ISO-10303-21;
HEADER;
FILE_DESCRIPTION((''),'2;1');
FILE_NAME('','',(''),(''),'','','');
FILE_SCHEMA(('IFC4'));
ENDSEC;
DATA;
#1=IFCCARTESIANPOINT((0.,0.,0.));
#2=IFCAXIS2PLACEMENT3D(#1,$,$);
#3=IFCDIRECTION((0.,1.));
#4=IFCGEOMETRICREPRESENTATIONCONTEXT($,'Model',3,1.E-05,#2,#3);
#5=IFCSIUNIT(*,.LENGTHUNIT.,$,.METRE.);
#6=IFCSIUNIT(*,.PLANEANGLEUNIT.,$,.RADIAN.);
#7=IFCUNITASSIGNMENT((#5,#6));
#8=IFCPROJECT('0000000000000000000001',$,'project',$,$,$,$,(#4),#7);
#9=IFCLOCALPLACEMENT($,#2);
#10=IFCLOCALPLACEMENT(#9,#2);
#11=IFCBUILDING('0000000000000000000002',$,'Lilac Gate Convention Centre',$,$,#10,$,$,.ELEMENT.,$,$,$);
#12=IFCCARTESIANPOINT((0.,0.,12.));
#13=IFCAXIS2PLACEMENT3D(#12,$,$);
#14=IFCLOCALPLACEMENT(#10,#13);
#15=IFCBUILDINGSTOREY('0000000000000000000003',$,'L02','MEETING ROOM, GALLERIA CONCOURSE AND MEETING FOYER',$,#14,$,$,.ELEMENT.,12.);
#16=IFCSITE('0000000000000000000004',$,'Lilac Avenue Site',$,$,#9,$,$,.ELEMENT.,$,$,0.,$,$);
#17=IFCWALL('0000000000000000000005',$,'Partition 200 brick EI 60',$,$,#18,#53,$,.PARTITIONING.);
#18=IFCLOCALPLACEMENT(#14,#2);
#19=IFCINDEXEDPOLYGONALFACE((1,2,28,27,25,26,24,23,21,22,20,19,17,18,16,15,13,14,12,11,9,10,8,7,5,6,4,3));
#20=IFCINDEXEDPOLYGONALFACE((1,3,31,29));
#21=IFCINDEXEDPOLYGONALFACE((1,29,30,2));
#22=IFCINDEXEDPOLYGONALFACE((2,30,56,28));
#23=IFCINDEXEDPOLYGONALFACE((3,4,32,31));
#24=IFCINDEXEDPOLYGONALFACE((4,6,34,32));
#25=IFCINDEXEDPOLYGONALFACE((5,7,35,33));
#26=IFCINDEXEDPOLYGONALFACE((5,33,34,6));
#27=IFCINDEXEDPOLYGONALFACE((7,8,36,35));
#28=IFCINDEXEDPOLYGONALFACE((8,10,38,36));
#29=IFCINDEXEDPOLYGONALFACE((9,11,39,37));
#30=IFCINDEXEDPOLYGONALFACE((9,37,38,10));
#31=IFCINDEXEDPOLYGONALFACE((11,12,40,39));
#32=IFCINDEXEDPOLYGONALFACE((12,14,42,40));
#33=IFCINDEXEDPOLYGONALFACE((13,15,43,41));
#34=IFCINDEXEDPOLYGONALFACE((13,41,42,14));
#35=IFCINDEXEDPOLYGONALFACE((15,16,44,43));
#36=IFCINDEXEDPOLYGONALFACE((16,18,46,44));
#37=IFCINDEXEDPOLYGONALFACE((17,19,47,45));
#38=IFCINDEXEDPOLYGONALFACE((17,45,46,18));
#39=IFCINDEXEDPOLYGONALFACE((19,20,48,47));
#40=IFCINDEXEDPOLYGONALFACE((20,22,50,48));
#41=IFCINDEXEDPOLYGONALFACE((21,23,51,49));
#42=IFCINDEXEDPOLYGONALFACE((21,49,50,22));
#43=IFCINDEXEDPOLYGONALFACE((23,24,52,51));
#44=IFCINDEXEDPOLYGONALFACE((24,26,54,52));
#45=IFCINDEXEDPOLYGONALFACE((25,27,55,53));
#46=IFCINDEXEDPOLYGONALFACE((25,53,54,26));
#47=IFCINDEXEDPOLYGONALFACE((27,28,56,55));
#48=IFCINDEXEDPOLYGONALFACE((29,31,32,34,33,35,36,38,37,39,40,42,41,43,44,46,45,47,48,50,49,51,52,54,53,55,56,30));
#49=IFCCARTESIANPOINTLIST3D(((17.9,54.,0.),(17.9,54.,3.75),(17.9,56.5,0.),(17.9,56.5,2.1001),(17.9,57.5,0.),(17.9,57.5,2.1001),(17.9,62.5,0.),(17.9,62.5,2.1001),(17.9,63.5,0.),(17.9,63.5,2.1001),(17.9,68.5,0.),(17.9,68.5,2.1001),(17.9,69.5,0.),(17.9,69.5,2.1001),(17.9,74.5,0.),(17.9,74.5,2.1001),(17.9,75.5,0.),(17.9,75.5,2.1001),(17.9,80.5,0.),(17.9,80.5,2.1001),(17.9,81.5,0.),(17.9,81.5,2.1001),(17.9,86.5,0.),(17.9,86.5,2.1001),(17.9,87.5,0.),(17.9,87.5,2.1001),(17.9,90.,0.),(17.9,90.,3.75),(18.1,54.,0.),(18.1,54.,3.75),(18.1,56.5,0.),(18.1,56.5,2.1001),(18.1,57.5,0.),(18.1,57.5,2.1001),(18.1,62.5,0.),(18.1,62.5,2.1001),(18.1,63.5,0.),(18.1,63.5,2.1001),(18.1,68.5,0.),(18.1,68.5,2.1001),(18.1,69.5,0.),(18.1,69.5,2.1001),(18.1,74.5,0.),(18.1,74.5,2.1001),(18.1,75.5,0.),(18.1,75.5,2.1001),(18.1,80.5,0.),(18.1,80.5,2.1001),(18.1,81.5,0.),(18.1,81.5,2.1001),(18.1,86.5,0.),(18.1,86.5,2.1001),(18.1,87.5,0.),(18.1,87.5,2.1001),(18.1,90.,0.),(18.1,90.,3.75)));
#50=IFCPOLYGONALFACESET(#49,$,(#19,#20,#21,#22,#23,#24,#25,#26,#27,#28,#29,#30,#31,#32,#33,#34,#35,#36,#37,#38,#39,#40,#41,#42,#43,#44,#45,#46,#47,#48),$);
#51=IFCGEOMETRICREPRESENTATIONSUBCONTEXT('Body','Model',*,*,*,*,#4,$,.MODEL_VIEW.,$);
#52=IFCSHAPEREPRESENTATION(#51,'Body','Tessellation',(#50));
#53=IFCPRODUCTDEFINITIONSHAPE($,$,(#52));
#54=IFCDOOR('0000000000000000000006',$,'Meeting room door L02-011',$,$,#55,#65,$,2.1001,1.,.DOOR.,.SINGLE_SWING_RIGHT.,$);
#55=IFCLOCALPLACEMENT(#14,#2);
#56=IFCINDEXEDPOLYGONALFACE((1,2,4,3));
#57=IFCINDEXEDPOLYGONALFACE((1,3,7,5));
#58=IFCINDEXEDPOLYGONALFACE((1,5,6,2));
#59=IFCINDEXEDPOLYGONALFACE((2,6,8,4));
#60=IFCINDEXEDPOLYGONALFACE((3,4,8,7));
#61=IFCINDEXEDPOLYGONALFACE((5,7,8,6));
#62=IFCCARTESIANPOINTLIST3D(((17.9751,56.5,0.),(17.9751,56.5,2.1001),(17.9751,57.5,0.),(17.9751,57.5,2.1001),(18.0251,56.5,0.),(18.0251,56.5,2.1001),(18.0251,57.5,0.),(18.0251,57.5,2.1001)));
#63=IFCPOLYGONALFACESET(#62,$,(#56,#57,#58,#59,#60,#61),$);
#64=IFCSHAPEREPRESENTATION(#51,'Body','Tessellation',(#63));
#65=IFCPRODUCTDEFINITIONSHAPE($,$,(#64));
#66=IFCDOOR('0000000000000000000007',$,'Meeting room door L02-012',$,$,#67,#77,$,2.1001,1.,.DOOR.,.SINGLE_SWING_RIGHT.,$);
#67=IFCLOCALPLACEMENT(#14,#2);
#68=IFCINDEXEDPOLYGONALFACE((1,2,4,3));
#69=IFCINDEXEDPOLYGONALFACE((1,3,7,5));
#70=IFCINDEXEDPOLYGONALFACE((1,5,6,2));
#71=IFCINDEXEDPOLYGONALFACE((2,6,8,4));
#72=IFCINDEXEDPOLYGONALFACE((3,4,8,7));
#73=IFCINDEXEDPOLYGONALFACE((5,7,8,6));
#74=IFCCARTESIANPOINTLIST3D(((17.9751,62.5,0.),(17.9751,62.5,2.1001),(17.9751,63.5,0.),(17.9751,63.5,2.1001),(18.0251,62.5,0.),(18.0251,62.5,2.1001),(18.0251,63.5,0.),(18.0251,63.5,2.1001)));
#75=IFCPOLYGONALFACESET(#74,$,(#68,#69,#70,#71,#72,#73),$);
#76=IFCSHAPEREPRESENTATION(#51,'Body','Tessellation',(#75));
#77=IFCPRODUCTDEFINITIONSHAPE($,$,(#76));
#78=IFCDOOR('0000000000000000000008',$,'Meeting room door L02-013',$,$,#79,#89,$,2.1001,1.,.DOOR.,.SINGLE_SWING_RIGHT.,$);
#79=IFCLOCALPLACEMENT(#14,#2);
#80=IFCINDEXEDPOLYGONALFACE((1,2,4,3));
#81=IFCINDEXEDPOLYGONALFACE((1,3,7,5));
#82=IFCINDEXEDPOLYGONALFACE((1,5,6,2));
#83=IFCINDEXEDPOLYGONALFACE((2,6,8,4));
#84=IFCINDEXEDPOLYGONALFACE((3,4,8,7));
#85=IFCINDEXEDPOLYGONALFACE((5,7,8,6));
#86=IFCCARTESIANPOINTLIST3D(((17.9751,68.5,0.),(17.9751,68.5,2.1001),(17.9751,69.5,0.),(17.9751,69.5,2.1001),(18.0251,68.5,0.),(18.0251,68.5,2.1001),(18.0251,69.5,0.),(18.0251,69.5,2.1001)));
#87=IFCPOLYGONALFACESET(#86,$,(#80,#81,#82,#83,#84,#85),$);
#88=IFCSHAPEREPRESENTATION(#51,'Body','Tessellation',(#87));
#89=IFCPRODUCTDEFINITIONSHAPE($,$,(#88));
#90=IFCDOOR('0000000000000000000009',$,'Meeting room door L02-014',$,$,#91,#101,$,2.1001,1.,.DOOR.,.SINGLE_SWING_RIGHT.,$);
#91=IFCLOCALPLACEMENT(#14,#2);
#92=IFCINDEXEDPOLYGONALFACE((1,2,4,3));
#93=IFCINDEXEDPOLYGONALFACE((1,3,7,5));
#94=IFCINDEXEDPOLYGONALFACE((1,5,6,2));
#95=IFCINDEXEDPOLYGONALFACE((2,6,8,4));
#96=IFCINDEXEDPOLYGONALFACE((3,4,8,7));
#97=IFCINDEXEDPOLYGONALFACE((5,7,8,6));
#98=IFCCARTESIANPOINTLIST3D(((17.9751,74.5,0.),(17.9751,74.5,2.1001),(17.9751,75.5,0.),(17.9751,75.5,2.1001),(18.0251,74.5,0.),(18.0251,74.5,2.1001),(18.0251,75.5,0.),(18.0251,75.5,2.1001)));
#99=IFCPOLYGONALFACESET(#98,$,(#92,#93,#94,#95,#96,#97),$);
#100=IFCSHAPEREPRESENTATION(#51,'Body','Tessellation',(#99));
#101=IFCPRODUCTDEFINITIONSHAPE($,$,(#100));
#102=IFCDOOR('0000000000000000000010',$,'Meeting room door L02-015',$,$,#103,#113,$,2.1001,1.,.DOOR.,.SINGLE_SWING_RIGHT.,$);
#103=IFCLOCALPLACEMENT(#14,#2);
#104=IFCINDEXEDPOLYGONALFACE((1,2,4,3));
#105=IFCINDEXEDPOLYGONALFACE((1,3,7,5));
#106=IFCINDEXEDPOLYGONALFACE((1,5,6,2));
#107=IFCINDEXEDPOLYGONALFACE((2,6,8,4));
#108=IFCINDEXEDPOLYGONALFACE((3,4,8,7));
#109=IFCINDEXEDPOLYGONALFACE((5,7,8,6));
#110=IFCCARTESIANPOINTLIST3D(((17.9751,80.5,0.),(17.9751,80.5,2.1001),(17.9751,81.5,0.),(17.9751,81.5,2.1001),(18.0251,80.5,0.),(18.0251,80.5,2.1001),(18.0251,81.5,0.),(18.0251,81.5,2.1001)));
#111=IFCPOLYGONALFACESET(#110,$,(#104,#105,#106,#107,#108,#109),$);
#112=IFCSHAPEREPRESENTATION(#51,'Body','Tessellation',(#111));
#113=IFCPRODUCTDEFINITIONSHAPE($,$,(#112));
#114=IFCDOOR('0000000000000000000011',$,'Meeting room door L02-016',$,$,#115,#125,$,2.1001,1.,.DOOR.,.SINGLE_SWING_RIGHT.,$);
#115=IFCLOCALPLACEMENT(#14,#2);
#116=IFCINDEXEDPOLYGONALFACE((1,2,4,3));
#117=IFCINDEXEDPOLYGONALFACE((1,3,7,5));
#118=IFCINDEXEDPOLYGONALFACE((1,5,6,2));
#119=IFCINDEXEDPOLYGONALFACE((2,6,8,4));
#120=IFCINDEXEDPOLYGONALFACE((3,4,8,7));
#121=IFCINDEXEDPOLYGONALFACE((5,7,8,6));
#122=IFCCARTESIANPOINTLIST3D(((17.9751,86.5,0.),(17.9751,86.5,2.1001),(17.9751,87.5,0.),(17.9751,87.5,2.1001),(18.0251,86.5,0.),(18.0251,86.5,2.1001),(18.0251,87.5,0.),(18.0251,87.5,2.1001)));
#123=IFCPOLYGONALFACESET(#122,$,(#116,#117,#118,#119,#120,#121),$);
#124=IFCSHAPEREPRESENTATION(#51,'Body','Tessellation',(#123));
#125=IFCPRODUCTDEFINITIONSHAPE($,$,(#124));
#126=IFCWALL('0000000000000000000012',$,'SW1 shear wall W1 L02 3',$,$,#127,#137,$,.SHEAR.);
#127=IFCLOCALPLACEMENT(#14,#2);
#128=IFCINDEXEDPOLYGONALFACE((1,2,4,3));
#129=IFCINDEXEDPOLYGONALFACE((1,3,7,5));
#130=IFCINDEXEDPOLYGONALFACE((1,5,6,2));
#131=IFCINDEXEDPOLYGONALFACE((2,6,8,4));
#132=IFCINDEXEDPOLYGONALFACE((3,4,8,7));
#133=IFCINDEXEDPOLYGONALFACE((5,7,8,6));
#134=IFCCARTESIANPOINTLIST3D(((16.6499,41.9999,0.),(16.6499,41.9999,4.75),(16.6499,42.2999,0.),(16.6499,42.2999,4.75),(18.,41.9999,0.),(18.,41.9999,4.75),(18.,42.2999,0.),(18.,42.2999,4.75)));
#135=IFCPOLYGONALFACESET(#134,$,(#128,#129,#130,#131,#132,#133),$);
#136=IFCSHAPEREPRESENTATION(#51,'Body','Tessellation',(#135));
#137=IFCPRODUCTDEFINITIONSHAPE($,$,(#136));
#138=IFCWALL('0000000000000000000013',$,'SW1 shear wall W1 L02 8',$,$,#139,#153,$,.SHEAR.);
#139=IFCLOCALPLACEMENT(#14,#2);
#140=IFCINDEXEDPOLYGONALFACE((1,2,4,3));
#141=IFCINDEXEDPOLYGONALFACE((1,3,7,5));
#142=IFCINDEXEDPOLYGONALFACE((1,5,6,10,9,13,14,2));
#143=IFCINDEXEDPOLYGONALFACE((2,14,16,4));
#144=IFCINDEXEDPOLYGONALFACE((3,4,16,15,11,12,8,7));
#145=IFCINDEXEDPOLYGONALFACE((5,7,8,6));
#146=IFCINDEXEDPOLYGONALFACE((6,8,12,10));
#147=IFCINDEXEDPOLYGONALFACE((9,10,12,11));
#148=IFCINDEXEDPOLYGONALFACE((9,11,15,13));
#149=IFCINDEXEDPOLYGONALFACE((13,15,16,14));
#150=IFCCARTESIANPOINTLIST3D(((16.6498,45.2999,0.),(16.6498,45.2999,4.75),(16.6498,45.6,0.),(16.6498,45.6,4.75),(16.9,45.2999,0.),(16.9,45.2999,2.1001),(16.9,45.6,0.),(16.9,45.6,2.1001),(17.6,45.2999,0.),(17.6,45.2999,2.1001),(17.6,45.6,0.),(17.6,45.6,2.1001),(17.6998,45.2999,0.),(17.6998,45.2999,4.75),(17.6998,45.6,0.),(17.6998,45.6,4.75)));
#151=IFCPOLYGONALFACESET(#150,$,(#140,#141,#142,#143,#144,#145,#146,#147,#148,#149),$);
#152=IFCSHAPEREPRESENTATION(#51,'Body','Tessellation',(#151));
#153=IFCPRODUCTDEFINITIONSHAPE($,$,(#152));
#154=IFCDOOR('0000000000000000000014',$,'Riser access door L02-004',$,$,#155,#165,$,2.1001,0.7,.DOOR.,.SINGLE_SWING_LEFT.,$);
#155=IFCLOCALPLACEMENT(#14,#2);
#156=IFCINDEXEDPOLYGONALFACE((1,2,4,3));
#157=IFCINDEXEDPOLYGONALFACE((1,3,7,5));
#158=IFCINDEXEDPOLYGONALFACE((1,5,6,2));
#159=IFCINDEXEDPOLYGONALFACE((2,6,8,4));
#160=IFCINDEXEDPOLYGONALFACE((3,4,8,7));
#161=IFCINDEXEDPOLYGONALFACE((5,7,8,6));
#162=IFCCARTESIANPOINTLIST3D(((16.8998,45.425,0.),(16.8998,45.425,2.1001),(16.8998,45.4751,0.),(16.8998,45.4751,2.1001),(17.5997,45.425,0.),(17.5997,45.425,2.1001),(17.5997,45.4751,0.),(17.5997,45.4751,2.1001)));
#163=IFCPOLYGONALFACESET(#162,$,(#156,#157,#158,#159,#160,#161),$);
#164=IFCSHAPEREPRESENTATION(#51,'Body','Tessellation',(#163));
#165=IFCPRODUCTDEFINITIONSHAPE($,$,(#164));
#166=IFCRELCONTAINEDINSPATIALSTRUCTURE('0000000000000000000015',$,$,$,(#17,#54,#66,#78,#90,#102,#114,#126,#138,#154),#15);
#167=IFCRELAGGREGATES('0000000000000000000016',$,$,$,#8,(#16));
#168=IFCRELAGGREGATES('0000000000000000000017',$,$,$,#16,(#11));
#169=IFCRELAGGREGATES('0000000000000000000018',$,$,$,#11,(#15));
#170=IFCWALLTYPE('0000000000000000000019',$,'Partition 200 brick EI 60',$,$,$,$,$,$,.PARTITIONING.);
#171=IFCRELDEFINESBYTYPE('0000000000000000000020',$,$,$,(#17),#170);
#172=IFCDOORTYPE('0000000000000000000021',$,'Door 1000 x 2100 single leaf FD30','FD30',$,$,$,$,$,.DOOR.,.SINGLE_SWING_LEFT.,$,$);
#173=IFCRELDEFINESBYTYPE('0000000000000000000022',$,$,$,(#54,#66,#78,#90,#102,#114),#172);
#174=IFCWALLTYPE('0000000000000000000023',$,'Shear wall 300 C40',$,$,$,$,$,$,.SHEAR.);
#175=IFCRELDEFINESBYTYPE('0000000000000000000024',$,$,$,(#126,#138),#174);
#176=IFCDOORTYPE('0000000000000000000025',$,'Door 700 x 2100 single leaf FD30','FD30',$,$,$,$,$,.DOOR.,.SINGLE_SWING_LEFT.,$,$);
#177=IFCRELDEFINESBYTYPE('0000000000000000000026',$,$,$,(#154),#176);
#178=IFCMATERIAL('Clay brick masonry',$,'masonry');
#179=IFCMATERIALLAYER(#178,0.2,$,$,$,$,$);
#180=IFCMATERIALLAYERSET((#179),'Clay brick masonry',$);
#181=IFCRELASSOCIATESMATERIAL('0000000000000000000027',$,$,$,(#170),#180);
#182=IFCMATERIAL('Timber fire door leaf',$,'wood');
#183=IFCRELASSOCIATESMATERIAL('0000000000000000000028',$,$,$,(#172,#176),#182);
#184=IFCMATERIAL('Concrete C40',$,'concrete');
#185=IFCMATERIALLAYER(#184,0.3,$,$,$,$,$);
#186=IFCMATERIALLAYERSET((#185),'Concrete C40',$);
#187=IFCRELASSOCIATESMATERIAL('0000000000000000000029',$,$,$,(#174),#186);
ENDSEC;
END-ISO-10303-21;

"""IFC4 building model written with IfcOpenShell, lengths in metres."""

from ifc_helpers import new_model, si_unit, direction, frame, frame_2d, origin, place, context, subcontext, project, spatial, rectangle, extrude, material, layer, layer_set, type_object, element, fill, save


model = new_model("IFC4")

# Units and contexts
model_context = context("Model", 3, precision=1e-05, world=origin(), true_north=direction((0.0, 1.0)))
body_context = subcontext(model_context, "Body", "Model", "MODEL_VIEW")
ifc_project = project(units=[si_unit("LENGTHUNIT", "METRE"), si_unit("PLANEANGLEUNIT", "RADIAN")], contexts=[model_context])

# Site, building, storey
site_placement = place(None, origin())
site = spatial("IfcSite", under=ifc_project, at=site_placement, Name="Lilac Avenue Site", CompositionType="ELEMENT", RefElevation=0.0)
building_placement = place(site_placement, origin())
building = spatial("IfcBuilding", under=site, at=building_placement, Name="Lilac Gate Convention Centre", CompositionType="ELEMENT")
storey_placement = place(building_placement, frame((0.0, 0.0, 12.0)))
storey = spatial("IfcBuildingStorey", under=building, at=storey_placement, Name="L02", Description="MEETING ROOM, GALLERIA CONCOURSE AND MEETING FOYER", CompositionType="ELEMENT", Elevation=12.0)

# Shared definitions
ifc_material_1 = material(Name="Concrete C40", Category="concrete")

# Wall, openings, doors
ifc_material_2 = material(Name="Clay brick masonry", Category="masonry")
ifc_layer_1 = layer(ifc_material_2, 0.2)
ifc_layer_set_1 = layer_set([ifc_layer_1], Name="Clay brick masonry")
wall_type_1 = type_object("IfcWallType", Name="Partition 200 brick EI 60", PredefinedType="PARTITIONING", material=ifc_layer_set_1)
wall_1_placement = place(storey_placement, frame((18.0, 54.0, 0.0), z_axis=(0.0, 0.0, 1.0), x_axis=(0.0, 1.0, 0.0)))
wall_1 = element("IfcWall", 1, at=wall_1_placement, inside=storey, type_object=wall_type_1, Name="Partition 200 brick EI 60", PredefinedType="PARTITIONING", context=body_context, shape_type="SweptSolid", body=[
    extrude(rectangle(XDim=36.0, YDim=0.2, at=frame_2d((18.0, 0.0))), origin(), (0.0, 0.0, 1.0), 3.75),
])
opening_1_placement = place(wall_1_placement, frame((2.5, 0.0, 0.0)))
opening_1 = element("IfcOpeningElement", 2, at=opening_1_placement, cuts=wall_1, PredefinedType="OPENING", context=body_context, shape_type="SweptSolid", body=[
    extrude(rectangle(XDim=1.0, YDim=2.1001, at=frame_2d((0.5, 1.05))), frame((0.0, 0.1099, 0.0), z_axis=(0.0, -1.0, 0.0), x_axis=(1.0, 0.0, 0.0)), (0.0, 0.0, 1.0), 0.22),
])
opening_2_placement = place(wall_1_placement, frame((8.5, 0.0, 0.0)))
opening_2 = element("IfcOpeningElement", 3, at=opening_2_placement, cuts=wall_1, PredefinedType="OPENING", context=body_context, shape_type="SweptSolid", body=[
    extrude(rectangle(XDim=1.0, YDim=2.1001, at=frame_2d((0.5, 1.05))), frame((0.0, 0.1099, 0.0), z_axis=(0.0, -1.0, 0.0), x_axis=(1.0, 0.0, 0.0)), (0.0, 0.0, 1.0), 0.22),
])
opening_3_placement = place(wall_1_placement, frame((14.5, 0.0, 0.0)))
opening_3 = element("IfcOpeningElement", 4, at=opening_3_placement, cuts=wall_1, PredefinedType="OPENING", context=body_context, shape_type="SweptSolid", body=[
    extrude(rectangle(XDim=1.0, YDim=2.1001, at=frame_2d((0.5, 1.05))), frame((0.0, 0.1099, 0.0), z_axis=(0.0, -1.0, 0.0), x_axis=(1.0, 0.0, 0.0)), (0.0, 0.0, 1.0), 0.22),
])
opening_4_placement = place(wall_1_placement, frame((20.5, 0.0, 0.0)))
opening_4 = element("IfcOpeningElement", 5, at=opening_4_placement, cuts=wall_1, PredefinedType="OPENING", context=body_context, shape_type="SweptSolid", body=[
    extrude(rectangle(XDim=1.0, YDim=2.1001, at=frame_2d((0.5, 1.05))), frame((0.0, 0.1099, 0.0), z_axis=(0.0, -1.0, 0.0), x_axis=(1.0, 0.0, 0.0)), (0.0, 0.0, 1.0), 0.22),
])
opening_5_placement = place(wall_1_placement, frame((26.5, 0.0, 0.0)))
opening_5 = element("IfcOpeningElement", 6, at=opening_5_placement, cuts=wall_1, PredefinedType="OPENING", context=body_context, shape_type="SweptSolid", body=[
    extrude(rectangle(XDim=1.0, YDim=2.1001, at=frame_2d((0.5, 1.05))), frame((0.0, 0.1099, 0.0), z_axis=(0.0, -1.0, 0.0), x_axis=(1.0, 0.0, 0.0)), (0.0, 0.0, 1.0), 0.22),
])
opening_6_placement = place(wall_1_placement, frame((32.5, 0.0, 0.0)))
opening_6 = element("IfcOpeningElement", 7, at=opening_6_placement, cuts=wall_1, PredefinedType="OPENING", context=body_context, shape_type="SweptSolid", body=[
    extrude(rectangle(XDim=1.0, YDim=2.1001, at=frame_2d((0.5, 1.05))), frame((0.0, 0.1099, 0.0), z_axis=(0.0, -1.0, 0.0), x_axis=(1.0, 0.0, 0.0)), (0.0, 0.0, 1.0), 0.22),
])
ifc_material_3 = material(Name="Timber fire door leaf", Category="wood")
door_type_1 = type_object("IfcDoorType", Name="Door 1000 x 2100 single leaf FD30", Description="FD30", OperationType="SINGLE_SWING_LEFT", PredefinedType="DOOR", material=ifc_material_3)
door_1_placement = place(opening_1_placement, origin())
door_1 = element("IfcDoor", 8, at=door_1_placement, inside=storey, type_object=door_type_1, Name="Meeting room door L02-011", OperationType="SINGLE_SWING_RIGHT", OverallHeight=2.1001, OverallWidth=1.0, PredefinedType="DOOR", context=body_context, shape_type="SweptSolid", body=[
    extrude(rectangle(XDim=1.0, YDim=2.1001, at=frame_2d((0.5, 1.05))), frame((0.0, 0.0249, 0.0), z_axis=(0.0, -1.0, 0.0), x_axis=(1.0, 0.0, 0.0)), (0.0, 0.0, 1.0), 0.05),
])
fill(opening_1, door_1)
door_2_placement = place(opening_2_placement, origin())
door_2 = element("IfcDoor", 9, at=door_2_placement, inside=storey, type_object=door_type_1, Name="Meeting room door L02-012", OperationType="SINGLE_SWING_RIGHT", OverallHeight=2.1001, OverallWidth=1.0, PredefinedType="DOOR", context=body_context, shape_type="SweptSolid", body=[
    extrude(rectangle(XDim=1.0, YDim=2.1001, at=frame_2d((0.5, 1.05))), frame((0.0, 0.0249, 0.0), z_axis=(0.0, -1.0, 0.0), x_axis=(1.0, 0.0, 0.0)), (0.0, 0.0, 1.0), 0.05),
])
fill(opening_2, door_2)
door_3_placement = place(opening_3_placement, origin())
door_3 = element("IfcDoor", 10, at=door_3_placement, inside=storey, type_object=door_type_1, Name="Meeting room door L02-013", OperationType="SINGLE_SWING_RIGHT", OverallHeight=2.1001, OverallWidth=1.0, PredefinedType="DOOR", context=body_context, shape_type="SweptSolid", body=[
    extrude(rectangle(XDim=1.0, YDim=2.1001, at=frame_2d((0.5, 1.05))), frame((0.0, 0.0249, 0.0), z_axis=(0.0, -1.0, 0.0), x_axis=(1.0, 0.0, 0.0)), (0.0, 0.0, 1.0), 0.05),
])
fill(opening_3, door_3)
door_4_placement = place(opening_4_placement, origin())
door_4 = element("IfcDoor", 11, at=door_4_placement, inside=storey, type_object=door_type_1, Name="Meeting room door L02-014", OperationType="SINGLE_SWING_RIGHT", OverallHeight=2.1001, OverallWidth=1.0, PredefinedType="DOOR", context=body_context, shape_type="SweptSolid", body=[
    extrude(rectangle(XDim=1.0, YDim=2.1001, at=frame_2d((0.5, 1.05))), frame((0.0, 0.0249, 0.0), z_axis=(0.0, -1.0, 0.0), x_axis=(1.0, 0.0, 0.0)), (0.0, 0.0, 1.0), 0.05),
])
fill(opening_4, door_4)
door_5_placement = place(opening_5_placement, origin())
door_5 = element("IfcDoor", 12, at=door_5_placement, inside=storey, type_object=door_type_1, Name="Meeting room door L02-015", OperationType="SINGLE_SWING_RIGHT", OverallHeight=2.1001, OverallWidth=1.0, PredefinedType="DOOR", context=body_context, shape_type="SweptSolid", body=[
    extrude(rectangle(XDim=1.0, YDim=2.1001, at=frame_2d((0.5, 1.05))), frame((0.0, 0.0249, 0.0), z_axis=(0.0, -1.0, 0.0), x_axis=(1.0, 0.0, 0.0)), (0.0, 0.0, 1.0), 0.05),
])
fill(opening_5, door_5)
door_6_placement = place(opening_6_placement, origin())
door_6 = element("IfcDoor", 13, at=door_6_placement, inside=storey, type_object=door_type_1, Name="Meeting room door L02-016", OperationType="SINGLE_SWING_RIGHT", OverallHeight=2.1001, OverallWidth=1.0, PredefinedType="DOOR", context=body_context, shape_type="SweptSolid", body=[
    extrude(rectangle(XDim=1.0, YDim=2.1001, at=frame_2d((0.5, 1.05))), frame((0.0, 0.0249, 0.0), z_axis=(0.0, -1.0, 0.0), x_axis=(1.0, 0.0, 0.0)), (0.0, 0.0, 1.0), 0.05),
])
fill(opening_6, door_6)

# Wall
ifc_layer_2 = layer(ifc_material_1, 0.3)
ifc_layer_set_2 = layer_set([ifc_layer_2], Name="Concrete C40")
wall_type_2 = type_object("IfcWallType", Name="Shear wall 300 C40", PredefinedType="SHEAR", material=ifc_layer_set_2)
wall_2_placement = place(storey_placement, frame((16.6499, 42.1499, 0.0), z_axis=(0.0, 0.0, 1.0), x_axis=(1.0, 0.0, 0.0)))
element("IfcWall", 14, at=wall_2_placement, inside=storey, type_object=wall_type_2, Name="SW1 shear wall W1 L02 3", PredefinedType="SHEAR", context=body_context, shape_type="SweptSolid", body=[
    extrude(rectangle(XDim=1.3501, YDim=0.3, at=frame_2d((0.675, 0.0))), origin(), (0.0, 0.0, 1.0), 4.75),
])

# Wall, opening, door
wall_3_placement = place(storey_placement, frame((16.6499, 45.45, 0.0), z_axis=(0.0, 0.0, 1.0), x_axis=(1.0, 0.0, 0.0)))
wall_3 = element("IfcWall", 15, at=wall_3_placement, inside=storey, type_object=wall_type_2, Name="SW1 shear wall W1 L02 8", PredefinedType="SHEAR", context=body_context, shape_type="SweptSolid", body=[
    extrude(rectangle(XDim=1.05, YDim=0.3, at=frame_2d((0.5249, 0.0))), origin(), (0.0, 0.0, 1.0), 4.75),
])
opening_7_placement = place(wall_3_placement, frame((0.25, 0.0, 0.0)))
opening_7 = element("IfcOpeningElement", 16, at=opening_7_placement, cuts=wall_3, PredefinedType="OPENING", context=body_context, shape_type="SweptSolid", body=[
    extrude(rectangle(XDim=0.7, YDim=2.1001, at=frame_2d((0.3501, 1.05))), frame((0.0, 0.1599, 0.0), z_axis=(0.0, -1.0, 0.0), x_axis=(1.0, 0.0, 0.0)), (0.0, 0.0, 1.0), 0.3201),
])
door_type_2 = type_object("IfcDoorType", Name="Door 700 x 2100 single leaf FD30", Description="FD30", OperationType="SINGLE_SWING_LEFT", PredefinedType="DOOR", material=ifc_material_3)
door_7_placement = place(opening_7_placement, frame((0.7, 0.0, 0.0), z_axis=(0.0, 0.0, 1.0), x_axis=(-1.0, 0.0, 0.0)))
door_7 = element("IfcDoor", 17, at=door_7_placement, inside=storey, type_object=door_type_2, Name="Riser access door L02-004", OperationType="SINGLE_SWING_LEFT", OverallHeight=2.1001, OverallWidth=0.7, PredefinedType="DOOR", context=body_context, shape_type="SweptSolid", body=[
    extrude(rectangle(XDim=0.7, YDim=2.1001, at=frame_2d((0.3501, 1.05))), frame((0.0, 0.0249, 0.0), z_axis=(0.0, -1.0, 0.0), x_axis=(1.0, 0.0, 0.0)), (0.0, 0.0, 1.0), 0.05),
])
fill(opening_7, door_7)

save(model, "model.ifc")
